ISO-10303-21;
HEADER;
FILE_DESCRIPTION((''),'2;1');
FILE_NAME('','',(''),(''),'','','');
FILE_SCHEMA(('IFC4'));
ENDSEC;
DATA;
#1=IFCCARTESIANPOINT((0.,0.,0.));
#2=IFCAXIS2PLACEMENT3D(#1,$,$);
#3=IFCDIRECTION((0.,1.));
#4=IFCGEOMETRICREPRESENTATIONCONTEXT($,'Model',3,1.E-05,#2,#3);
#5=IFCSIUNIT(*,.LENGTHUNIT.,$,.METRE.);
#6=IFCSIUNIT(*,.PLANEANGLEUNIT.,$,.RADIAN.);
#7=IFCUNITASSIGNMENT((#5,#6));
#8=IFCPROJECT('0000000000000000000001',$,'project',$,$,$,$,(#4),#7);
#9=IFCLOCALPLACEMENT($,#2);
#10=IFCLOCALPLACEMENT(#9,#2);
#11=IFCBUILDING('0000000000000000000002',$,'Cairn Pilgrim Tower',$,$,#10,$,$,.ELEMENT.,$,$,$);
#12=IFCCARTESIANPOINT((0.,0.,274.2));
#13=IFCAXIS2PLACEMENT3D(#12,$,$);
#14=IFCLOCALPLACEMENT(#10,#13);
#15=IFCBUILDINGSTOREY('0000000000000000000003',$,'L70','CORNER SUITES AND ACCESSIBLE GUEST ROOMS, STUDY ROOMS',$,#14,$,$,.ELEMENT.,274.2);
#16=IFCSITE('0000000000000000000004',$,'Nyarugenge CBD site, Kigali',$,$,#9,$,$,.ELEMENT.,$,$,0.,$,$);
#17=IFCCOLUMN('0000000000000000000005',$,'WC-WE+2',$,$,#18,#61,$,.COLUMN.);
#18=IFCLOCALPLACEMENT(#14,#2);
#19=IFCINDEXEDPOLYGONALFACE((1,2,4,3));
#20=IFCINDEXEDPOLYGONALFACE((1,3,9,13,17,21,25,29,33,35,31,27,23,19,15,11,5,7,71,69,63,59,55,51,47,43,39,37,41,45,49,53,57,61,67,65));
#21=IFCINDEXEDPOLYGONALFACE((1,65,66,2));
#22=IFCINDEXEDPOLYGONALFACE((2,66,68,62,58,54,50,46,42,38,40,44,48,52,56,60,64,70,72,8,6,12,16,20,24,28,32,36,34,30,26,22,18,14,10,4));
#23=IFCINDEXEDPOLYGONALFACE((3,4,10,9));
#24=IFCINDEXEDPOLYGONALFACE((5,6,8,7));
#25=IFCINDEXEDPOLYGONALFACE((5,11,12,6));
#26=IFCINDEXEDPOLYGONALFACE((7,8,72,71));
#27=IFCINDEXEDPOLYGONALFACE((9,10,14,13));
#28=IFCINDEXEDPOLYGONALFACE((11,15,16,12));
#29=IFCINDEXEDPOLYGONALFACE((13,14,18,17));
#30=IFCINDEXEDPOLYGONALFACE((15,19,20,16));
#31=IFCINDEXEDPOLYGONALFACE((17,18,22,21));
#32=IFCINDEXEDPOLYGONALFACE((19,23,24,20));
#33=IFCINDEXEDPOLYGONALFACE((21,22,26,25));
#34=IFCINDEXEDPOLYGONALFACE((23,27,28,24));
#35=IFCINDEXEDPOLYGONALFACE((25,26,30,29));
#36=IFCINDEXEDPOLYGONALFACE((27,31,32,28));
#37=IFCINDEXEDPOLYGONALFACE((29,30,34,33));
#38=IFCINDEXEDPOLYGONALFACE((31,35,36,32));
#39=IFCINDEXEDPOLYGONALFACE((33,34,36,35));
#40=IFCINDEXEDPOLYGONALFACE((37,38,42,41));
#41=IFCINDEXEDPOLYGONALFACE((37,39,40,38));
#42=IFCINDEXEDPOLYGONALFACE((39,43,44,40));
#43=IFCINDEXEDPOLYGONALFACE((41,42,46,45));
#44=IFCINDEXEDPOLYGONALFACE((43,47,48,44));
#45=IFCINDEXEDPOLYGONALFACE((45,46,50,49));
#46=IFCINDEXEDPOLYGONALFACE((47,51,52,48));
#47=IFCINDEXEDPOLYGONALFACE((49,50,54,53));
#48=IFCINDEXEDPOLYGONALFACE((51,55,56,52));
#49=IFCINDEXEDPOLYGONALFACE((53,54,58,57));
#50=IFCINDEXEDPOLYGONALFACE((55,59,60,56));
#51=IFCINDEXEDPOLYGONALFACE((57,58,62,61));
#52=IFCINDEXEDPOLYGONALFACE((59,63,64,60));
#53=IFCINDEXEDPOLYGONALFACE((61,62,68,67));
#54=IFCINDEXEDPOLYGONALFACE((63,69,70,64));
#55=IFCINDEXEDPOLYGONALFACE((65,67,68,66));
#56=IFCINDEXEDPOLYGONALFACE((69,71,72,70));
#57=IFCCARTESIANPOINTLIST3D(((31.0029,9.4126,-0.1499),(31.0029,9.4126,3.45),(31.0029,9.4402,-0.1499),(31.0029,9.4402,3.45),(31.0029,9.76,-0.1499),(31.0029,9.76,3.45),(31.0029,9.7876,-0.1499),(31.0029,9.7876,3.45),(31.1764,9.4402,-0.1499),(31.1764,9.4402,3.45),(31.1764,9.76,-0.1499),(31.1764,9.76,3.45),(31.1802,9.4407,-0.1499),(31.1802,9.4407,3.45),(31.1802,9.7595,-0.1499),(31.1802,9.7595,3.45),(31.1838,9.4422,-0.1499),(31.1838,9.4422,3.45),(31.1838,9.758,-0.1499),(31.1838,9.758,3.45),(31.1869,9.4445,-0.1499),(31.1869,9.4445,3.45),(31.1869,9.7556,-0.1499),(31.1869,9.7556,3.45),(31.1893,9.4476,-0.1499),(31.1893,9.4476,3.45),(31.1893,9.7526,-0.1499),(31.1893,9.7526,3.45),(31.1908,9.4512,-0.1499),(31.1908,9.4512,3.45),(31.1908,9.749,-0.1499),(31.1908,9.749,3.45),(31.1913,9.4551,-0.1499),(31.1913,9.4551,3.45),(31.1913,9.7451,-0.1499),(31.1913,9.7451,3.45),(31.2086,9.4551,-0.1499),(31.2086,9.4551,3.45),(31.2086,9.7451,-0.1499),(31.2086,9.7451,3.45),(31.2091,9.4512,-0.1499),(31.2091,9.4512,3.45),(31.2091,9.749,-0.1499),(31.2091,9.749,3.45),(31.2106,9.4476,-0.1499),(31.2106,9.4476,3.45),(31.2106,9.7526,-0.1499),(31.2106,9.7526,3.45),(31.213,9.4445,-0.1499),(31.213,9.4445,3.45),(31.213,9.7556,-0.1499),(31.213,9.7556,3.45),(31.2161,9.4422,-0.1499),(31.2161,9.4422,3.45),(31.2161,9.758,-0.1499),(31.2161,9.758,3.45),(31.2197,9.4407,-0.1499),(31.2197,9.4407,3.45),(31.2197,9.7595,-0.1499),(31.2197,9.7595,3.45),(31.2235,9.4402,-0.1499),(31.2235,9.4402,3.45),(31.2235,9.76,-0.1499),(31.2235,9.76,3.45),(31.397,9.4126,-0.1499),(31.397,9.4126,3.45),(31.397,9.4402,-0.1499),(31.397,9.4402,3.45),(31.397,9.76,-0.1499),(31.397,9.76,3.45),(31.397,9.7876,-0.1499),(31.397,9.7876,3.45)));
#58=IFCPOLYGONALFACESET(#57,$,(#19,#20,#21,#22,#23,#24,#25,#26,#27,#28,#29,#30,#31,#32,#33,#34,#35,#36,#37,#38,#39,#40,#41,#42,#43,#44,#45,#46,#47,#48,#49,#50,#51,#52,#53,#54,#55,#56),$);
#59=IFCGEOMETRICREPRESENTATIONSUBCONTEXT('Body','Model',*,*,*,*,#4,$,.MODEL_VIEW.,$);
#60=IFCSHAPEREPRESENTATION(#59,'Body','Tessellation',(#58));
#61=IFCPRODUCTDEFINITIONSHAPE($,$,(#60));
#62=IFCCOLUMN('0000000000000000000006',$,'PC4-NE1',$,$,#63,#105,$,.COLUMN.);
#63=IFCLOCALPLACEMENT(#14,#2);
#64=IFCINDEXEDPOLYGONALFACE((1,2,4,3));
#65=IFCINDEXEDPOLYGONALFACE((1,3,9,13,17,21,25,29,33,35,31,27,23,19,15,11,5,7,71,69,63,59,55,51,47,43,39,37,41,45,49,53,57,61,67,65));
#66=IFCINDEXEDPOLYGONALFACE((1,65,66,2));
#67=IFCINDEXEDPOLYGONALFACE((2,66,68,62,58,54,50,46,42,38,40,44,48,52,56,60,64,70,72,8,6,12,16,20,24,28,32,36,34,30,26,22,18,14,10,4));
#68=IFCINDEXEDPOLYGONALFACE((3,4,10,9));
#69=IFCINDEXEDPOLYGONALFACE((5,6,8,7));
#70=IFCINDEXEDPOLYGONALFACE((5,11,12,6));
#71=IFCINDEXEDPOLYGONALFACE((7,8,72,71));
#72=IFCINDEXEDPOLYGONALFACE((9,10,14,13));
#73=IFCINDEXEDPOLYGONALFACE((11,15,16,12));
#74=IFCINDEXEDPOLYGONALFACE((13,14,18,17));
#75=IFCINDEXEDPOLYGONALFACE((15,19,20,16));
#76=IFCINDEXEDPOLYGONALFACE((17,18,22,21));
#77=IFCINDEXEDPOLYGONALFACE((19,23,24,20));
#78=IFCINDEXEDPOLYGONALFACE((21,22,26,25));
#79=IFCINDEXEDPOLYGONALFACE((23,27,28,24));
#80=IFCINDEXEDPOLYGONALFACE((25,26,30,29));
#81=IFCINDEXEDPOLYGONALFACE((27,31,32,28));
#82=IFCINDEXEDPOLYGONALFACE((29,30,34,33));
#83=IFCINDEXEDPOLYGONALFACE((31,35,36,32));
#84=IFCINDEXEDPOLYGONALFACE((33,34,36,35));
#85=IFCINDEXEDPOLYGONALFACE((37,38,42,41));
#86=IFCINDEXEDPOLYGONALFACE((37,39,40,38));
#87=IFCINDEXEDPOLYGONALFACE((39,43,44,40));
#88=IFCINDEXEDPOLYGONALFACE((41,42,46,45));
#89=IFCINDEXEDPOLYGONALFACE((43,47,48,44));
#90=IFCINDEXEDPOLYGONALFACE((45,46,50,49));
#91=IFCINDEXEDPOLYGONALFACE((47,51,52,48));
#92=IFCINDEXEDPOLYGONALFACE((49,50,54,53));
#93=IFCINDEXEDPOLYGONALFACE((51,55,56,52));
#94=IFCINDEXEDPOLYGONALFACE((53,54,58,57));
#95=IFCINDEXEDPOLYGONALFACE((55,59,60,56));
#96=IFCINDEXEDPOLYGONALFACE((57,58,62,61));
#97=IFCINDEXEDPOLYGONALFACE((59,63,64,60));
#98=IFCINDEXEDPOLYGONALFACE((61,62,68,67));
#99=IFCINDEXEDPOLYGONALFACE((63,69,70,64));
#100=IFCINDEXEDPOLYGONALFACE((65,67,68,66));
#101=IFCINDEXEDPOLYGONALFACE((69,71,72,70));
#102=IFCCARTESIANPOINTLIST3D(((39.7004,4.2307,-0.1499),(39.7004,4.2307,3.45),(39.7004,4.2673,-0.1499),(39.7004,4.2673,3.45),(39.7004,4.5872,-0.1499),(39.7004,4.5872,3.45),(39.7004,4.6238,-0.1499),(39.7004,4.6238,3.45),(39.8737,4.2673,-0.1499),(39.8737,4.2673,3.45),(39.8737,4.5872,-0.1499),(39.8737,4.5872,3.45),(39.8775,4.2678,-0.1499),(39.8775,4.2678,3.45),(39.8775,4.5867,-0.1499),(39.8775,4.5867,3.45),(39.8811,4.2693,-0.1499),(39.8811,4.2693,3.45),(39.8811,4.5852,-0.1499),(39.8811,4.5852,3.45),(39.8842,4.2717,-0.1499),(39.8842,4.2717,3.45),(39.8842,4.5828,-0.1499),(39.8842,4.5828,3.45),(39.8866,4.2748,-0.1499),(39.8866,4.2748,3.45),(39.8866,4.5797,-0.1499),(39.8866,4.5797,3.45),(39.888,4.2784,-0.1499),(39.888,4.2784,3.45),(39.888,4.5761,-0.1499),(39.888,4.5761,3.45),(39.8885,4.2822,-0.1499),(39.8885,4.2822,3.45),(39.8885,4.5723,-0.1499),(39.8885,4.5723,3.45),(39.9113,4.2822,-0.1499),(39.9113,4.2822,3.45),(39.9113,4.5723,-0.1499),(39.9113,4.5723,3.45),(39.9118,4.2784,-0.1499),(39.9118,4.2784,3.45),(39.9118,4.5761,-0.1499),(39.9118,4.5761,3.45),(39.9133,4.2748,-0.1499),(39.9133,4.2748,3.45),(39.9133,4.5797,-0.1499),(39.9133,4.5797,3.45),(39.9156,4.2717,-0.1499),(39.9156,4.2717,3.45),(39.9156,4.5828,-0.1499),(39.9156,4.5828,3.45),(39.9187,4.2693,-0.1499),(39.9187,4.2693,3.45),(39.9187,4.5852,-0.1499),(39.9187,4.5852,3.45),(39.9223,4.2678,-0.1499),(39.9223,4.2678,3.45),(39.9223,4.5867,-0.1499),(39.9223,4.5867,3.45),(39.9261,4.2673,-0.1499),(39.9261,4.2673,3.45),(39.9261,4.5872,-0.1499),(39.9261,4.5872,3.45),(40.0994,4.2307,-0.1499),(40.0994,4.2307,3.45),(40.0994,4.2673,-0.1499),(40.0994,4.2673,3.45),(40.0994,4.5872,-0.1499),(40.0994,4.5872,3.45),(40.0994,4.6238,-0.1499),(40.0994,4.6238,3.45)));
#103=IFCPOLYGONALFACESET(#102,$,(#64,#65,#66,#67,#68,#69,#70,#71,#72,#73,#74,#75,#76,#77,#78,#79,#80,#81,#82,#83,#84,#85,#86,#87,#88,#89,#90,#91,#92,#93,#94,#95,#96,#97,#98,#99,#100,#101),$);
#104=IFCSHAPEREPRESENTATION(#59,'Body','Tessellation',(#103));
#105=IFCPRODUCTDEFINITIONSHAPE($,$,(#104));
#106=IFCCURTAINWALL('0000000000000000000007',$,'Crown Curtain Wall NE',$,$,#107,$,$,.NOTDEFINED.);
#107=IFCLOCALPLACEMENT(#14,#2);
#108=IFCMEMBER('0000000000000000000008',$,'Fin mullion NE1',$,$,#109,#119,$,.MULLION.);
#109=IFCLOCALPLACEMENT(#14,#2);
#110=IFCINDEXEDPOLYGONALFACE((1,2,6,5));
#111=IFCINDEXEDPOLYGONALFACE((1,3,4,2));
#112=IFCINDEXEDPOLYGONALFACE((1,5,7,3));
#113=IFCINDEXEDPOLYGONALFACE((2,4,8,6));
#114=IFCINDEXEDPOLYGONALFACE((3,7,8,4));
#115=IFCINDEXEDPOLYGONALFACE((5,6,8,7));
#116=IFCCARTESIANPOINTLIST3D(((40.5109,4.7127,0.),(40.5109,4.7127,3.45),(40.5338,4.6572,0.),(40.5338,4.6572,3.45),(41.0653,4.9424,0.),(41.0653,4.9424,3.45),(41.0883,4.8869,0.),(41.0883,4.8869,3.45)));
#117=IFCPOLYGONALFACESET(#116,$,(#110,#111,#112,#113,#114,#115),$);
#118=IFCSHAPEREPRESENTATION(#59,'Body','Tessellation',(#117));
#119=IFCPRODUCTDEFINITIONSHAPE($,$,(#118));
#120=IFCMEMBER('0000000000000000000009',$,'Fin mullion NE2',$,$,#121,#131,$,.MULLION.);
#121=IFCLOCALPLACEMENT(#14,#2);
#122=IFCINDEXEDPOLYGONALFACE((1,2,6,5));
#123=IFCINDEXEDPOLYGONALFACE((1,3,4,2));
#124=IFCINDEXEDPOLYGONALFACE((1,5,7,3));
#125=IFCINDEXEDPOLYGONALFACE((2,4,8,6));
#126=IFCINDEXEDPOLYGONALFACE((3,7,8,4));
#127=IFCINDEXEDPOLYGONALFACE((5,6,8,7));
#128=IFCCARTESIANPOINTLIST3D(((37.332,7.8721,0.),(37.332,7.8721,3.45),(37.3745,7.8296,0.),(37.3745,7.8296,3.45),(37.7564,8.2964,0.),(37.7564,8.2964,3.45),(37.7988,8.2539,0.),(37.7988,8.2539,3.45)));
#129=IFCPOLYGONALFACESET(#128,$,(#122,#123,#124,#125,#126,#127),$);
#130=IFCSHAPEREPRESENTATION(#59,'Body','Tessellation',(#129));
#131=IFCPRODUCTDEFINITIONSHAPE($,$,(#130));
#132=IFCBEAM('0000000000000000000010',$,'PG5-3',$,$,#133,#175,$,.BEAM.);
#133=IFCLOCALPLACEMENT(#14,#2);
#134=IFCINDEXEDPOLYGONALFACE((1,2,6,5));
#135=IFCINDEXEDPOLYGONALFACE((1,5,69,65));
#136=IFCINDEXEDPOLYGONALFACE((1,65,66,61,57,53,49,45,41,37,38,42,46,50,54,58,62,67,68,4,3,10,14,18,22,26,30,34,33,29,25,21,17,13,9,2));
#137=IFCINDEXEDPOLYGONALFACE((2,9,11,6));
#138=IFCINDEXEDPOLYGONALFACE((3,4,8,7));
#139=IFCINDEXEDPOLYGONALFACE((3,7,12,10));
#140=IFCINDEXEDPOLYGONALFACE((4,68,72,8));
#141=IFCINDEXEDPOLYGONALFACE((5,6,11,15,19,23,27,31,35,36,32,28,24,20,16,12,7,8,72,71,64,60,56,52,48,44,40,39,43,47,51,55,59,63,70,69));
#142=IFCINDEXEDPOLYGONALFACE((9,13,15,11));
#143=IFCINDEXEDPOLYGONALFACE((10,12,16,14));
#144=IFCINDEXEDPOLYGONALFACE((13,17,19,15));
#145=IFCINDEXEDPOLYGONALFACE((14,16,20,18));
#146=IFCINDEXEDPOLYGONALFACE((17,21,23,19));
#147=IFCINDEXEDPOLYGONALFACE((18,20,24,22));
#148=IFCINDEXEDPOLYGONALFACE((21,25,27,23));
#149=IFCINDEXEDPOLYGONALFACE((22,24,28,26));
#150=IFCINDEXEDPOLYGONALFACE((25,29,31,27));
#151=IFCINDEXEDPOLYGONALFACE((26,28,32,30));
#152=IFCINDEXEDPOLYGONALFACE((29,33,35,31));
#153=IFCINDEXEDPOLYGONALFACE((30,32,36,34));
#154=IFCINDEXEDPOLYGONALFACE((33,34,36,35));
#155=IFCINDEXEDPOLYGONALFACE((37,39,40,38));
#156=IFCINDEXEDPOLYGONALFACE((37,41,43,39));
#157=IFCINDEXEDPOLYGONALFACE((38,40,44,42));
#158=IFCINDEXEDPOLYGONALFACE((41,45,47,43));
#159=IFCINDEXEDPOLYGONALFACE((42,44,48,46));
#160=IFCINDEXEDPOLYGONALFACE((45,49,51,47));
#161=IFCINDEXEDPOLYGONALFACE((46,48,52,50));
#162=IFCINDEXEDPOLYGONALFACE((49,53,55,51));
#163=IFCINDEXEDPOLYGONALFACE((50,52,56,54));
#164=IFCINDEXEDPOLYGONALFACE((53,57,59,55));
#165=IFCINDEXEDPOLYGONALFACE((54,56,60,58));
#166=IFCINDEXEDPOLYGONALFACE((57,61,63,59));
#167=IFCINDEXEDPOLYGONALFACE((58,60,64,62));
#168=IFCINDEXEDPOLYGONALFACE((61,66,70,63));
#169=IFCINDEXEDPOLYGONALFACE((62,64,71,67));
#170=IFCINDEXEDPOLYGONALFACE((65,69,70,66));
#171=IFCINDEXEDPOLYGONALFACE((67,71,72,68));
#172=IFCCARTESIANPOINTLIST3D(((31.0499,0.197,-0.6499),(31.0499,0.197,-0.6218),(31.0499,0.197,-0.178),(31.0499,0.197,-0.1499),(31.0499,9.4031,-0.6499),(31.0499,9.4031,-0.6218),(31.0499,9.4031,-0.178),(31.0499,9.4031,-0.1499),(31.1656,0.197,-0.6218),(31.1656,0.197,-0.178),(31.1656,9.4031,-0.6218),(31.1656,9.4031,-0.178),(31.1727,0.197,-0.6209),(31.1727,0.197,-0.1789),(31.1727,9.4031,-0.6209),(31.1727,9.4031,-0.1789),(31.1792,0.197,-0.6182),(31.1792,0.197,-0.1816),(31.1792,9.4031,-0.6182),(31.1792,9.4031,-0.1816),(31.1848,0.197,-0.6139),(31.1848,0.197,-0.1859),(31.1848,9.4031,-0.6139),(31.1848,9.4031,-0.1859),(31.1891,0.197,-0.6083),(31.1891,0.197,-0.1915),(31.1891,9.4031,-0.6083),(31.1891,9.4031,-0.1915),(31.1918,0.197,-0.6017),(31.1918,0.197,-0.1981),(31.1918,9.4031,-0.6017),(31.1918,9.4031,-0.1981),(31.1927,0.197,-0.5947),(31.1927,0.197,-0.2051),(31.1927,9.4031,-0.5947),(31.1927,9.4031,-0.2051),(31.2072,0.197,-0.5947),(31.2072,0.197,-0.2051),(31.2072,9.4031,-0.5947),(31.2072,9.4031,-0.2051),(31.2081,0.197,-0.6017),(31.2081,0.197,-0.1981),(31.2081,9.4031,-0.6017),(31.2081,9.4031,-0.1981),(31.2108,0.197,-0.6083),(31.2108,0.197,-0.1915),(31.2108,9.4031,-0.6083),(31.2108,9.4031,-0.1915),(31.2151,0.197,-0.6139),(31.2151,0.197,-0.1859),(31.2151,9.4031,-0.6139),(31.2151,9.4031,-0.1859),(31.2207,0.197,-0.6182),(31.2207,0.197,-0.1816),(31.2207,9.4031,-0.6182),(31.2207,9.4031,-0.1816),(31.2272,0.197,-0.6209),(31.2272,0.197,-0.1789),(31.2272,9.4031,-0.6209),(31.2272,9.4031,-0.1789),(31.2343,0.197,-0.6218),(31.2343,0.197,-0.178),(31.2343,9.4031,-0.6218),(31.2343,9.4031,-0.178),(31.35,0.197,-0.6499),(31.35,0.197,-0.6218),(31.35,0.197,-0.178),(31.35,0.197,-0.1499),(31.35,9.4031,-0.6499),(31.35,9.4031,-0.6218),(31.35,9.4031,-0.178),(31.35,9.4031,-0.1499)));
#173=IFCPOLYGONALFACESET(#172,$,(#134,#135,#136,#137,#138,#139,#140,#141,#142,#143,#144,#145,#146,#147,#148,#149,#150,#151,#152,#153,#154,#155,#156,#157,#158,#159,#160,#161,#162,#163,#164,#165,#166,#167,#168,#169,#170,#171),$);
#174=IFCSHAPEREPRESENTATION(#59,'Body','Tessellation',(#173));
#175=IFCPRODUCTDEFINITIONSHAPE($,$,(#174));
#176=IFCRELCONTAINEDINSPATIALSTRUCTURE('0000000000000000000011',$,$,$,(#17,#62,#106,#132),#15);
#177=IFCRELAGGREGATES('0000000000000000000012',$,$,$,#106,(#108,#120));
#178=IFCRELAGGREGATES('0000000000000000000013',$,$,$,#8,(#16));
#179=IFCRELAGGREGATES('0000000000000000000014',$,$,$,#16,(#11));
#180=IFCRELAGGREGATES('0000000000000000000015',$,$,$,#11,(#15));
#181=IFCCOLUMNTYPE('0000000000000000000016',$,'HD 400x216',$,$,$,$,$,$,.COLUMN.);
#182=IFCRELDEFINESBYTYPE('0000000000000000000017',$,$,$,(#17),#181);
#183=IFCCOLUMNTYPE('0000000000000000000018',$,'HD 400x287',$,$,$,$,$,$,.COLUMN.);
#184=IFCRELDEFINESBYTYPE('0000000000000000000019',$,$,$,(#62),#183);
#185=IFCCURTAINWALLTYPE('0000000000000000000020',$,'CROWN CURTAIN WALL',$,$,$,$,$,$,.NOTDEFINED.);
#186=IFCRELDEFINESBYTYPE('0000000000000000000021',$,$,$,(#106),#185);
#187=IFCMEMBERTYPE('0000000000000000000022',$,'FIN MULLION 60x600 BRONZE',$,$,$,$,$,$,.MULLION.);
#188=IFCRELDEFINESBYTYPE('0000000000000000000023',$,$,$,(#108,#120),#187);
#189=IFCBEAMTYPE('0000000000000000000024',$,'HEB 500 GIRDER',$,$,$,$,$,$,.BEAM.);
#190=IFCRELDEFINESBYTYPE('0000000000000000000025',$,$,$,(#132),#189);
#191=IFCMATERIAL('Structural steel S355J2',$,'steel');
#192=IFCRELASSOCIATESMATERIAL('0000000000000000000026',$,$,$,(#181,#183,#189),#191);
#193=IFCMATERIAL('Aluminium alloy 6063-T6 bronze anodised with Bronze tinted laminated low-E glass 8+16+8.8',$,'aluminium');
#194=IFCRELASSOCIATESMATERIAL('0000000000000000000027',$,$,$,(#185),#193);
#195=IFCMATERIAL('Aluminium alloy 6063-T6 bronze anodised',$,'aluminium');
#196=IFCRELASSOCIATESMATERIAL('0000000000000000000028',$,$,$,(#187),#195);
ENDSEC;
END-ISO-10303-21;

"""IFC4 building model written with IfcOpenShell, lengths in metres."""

from ifc_helpers import new_model, si_unit, direction, frame, origin, origin_2d, place, context, subcontext, project, spatial, rectangle, i_section, extrude, material, material_profile, profile_set, type_object, element, aggregate, save


model = new_model("IFC4")

# Units and contexts
model_context = context("Model", 3, precision=1e-05, world=origin(), true_north=direction((0.0, 1.0)))
body_context = subcontext(model_context, "Body", "Model", "MODEL_VIEW")
ifc_project = project(units=[si_unit("LENGTHUNIT", "METRE"), si_unit("PLANEANGLEUNIT", "RADIAN")], contexts=[model_context])

# Site, building, storey
site_placement = place(None, origin())
site = spatial("IfcSite", under=ifc_project, at=site_placement, Name="Nyarugenge CBD site, Kigali", CompositionType="ELEMENT", RefElevation=0.0)
building_placement = place(site_placement, origin())
building = spatial("IfcBuilding", under=site, at=building_placement, Name="Cairn Pilgrim Tower", CompositionType="ELEMENT")
storey_placement = place(building_placement, frame((0.0, 0.0, 274.2)))
storey = spatial("IfcBuildingStorey", under=building, at=storey_placement, Name="L70", Description="CORNER SUITES AND ACCESSIBLE GUEST ROOMS, STUDY ROOMS", CompositionType="ELEMENT", Elevation=274.2)

# Columns
ifc_material_1 = material(Name="Structural steel S355J2", Category="steel")
ifc_material_profile_1 = material_profile(ifc_material_1, i_section(OverallWidth=0.394, OverallDepth=0.375, WebThickness=0.0173, FlangeThickness=0.0276, FilletRadius=0.0149, at=origin_2d()), Name="HD 400x216")
ifc_profile_set_1 = profile_set([ifc_material_profile_1], Name="Structural steel S355J2")
column_type_1 = type_object("IfcColumnType", Name="HD 400x216", PredefinedType="COLUMN", material=ifc_profile_set_1)
column_1_placement = place(storey_placement, frame((31.2, 9.6001, -0.1499), z_axis=(0.0, 0.0, 1.0), x_axis=(1.0, 0.0, 0.0)))
element("IfcColumn", 1, at=column_1_placement, inside=storey, type_object=column_type_1, Name="WC-WE+2", PredefinedType="COLUMN", context=body_context, shape_type="SweptSolid", body=[
    extrude(i_section(OverallWidth=0.394, OverallDepth=0.375, WebThickness=0.0173, FlangeThickness=0.0276, FilletRadius=0.0149, at=origin_2d()), origin(), (0.0, 0.0, 1.0), 3.5999),
])
ifc_material_profile_2 = material_profile(ifc_material_1, i_section(OverallWidth=0.3989, OverallDepth=0.3931, WebThickness=0.0227, FlangeThickness=0.0366, FilletRadius=0.0149, at=origin_2d()), Name="HD 400x287")
ifc_profile_set_2 = profile_set([ifc_material_profile_2], Name="Structural steel S355J2")
column_type_2 = type_object("IfcColumnType", Name="HD 400x287", PredefinedType="COLUMN", material=ifc_profile_set_2)
column_2_placement = place(storey_placement, frame((39.8999, 4.4272, -0.1499), z_axis=(0.0, 0.0, 1.0), x_axis=(1.0, 0.0, 0.0)))
element("IfcColumn", 2, at=column_2_placement, inside=storey, type_object=column_type_2, Name="PC4-NE1", PredefinedType="COLUMN", context=body_context, shape_type="SweptSolid", body=[
    extrude(i_section(OverallWidth=0.3989, OverallDepth=0.3931, WebThickness=0.0227, FlangeThickness=0.0366, FilletRadius=0.0149, at=origin_2d()), origin(), (0.0, 0.0, 1.0), 3.5999),
])

# Curtain wall, members
ifc_material_2 = material(Name="Aluminium alloy 6063-T6 bronze anodised with Bronze tinted laminated low-E glass 8+16+8.8", Category="aluminium")
curtain_wall_type = type_object("IfcCurtainWallType", Name="CROWN CURTAIN WALL", PredefinedType="NOTDEFINED", material=ifc_material_2)
curtain_wall_placement = place(storey_placement, origin())
curtain_wall = element("IfcCurtainWall", 3, at=curtain_wall_placement, inside=storey, type_object=curtain_wall_type, Name="Crown Curtain Wall NE", PredefinedType="NOTDEFINED")
ifc_material_3 = material(Name="Aluminium alloy 6063-T6 bronze anodised", Category="aluminium")
ifc_material_profile_3 = material_profile(ifc_material_3, rectangle(XDim=0.6001, YDim=0.0601, at=origin_2d()), Name="FIN MULLION 60x600 BRONZE")
ifc_profile_set_3 = profile_set([ifc_material_profile_3], Name="Aluminium alloy 6063-T6 bronze anodised")
member_type_1 = type_object("IfcMemberType", Name="FIN MULLION 60x600 BRONZE", PredefinedType="MULLION", material=ifc_profile_set_3)
member_1_placement = place(storey_placement, frame((40.7996, 4.7998, 0.0), z_axis=(0.0, 0.0, 1.0), x_axis=(0.92388, 0.382683, 0.0)))
member_1 = element("IfcMember", 4, at=member_1_placement, type_object=member_type_1, Name="Fin mullion NE1", PredefinedType="MULLION", context=body_context, shape_type="SweptSolid", body=[
    extrude(rectangle(XDim=0.6001, YDim=0.0601, at=origin_2d()), origin(), (0.0, 0.0, 1.0), 3.45),
])
member_2_placement = place(storey_placement, frame((37.5654, 8.063, 0.0), z_axis=(0.0, 0.0, 1.0), x_axis=(0.707107, 0.707107, 0.0)))
member_2 = element("IfcMember", 5, at=member_2_placement, type_object=member_type_1, Name="Fin mullion NE2", PredefinedType="MULLION", context=body_context, shape_type="SweptSolid", body=[
    extrude(rectangle(XDim=0.6001, YDim=0.0601, at=origin_2d()), origin(), (0.0, 0.0, 1.0), 3.45),
])

# Beam
ifc_material_profile_4 = material_profile(ifc_material_1, i_section(OverallWidth=0.3, OverallDepth=0.5, WebThickness=0.0144, FlangeThickness=0.0281, FilletRadius=0.0271, at=origin_2d()), Name="HEB 500")
ifc_profile_set_4 = profile_set([ifc_material_profile_4], Name="Structural steel S355J2")
beam_type_1 = type_object("IfcBeamType", Name="HEB 500 GIRDER", PredefinedType="BEAM", material=ifc_profile_set_4)
beam_1_placement = place(storey_placement, frame((31.2, 0.197, -0.3999), z_axis=(0.0, 1.0, 0.0), x_axis=(-1.0, 0.0, 0.0)))
element("IfcBeam", 6, at=beam_1_placement, inside=storey, type_object=beam_type_1, Name="PG5-3", PredefinedType="BEAM", context=body_context, shape_type="SweptSolid", body=[
    extrude(i_section(OverallWidth=0.3, OverallDepth=0.5, WebThickness=0.0144, FlangeThickness=0.0281, FilletRadius=0.0271, at=origin_2d()), origin(), (0.0, 0.0, 1.0), 9.2061),
])

aggregate(curtain_wall, [member_1, member_2])

save(model, "model.ifc")
